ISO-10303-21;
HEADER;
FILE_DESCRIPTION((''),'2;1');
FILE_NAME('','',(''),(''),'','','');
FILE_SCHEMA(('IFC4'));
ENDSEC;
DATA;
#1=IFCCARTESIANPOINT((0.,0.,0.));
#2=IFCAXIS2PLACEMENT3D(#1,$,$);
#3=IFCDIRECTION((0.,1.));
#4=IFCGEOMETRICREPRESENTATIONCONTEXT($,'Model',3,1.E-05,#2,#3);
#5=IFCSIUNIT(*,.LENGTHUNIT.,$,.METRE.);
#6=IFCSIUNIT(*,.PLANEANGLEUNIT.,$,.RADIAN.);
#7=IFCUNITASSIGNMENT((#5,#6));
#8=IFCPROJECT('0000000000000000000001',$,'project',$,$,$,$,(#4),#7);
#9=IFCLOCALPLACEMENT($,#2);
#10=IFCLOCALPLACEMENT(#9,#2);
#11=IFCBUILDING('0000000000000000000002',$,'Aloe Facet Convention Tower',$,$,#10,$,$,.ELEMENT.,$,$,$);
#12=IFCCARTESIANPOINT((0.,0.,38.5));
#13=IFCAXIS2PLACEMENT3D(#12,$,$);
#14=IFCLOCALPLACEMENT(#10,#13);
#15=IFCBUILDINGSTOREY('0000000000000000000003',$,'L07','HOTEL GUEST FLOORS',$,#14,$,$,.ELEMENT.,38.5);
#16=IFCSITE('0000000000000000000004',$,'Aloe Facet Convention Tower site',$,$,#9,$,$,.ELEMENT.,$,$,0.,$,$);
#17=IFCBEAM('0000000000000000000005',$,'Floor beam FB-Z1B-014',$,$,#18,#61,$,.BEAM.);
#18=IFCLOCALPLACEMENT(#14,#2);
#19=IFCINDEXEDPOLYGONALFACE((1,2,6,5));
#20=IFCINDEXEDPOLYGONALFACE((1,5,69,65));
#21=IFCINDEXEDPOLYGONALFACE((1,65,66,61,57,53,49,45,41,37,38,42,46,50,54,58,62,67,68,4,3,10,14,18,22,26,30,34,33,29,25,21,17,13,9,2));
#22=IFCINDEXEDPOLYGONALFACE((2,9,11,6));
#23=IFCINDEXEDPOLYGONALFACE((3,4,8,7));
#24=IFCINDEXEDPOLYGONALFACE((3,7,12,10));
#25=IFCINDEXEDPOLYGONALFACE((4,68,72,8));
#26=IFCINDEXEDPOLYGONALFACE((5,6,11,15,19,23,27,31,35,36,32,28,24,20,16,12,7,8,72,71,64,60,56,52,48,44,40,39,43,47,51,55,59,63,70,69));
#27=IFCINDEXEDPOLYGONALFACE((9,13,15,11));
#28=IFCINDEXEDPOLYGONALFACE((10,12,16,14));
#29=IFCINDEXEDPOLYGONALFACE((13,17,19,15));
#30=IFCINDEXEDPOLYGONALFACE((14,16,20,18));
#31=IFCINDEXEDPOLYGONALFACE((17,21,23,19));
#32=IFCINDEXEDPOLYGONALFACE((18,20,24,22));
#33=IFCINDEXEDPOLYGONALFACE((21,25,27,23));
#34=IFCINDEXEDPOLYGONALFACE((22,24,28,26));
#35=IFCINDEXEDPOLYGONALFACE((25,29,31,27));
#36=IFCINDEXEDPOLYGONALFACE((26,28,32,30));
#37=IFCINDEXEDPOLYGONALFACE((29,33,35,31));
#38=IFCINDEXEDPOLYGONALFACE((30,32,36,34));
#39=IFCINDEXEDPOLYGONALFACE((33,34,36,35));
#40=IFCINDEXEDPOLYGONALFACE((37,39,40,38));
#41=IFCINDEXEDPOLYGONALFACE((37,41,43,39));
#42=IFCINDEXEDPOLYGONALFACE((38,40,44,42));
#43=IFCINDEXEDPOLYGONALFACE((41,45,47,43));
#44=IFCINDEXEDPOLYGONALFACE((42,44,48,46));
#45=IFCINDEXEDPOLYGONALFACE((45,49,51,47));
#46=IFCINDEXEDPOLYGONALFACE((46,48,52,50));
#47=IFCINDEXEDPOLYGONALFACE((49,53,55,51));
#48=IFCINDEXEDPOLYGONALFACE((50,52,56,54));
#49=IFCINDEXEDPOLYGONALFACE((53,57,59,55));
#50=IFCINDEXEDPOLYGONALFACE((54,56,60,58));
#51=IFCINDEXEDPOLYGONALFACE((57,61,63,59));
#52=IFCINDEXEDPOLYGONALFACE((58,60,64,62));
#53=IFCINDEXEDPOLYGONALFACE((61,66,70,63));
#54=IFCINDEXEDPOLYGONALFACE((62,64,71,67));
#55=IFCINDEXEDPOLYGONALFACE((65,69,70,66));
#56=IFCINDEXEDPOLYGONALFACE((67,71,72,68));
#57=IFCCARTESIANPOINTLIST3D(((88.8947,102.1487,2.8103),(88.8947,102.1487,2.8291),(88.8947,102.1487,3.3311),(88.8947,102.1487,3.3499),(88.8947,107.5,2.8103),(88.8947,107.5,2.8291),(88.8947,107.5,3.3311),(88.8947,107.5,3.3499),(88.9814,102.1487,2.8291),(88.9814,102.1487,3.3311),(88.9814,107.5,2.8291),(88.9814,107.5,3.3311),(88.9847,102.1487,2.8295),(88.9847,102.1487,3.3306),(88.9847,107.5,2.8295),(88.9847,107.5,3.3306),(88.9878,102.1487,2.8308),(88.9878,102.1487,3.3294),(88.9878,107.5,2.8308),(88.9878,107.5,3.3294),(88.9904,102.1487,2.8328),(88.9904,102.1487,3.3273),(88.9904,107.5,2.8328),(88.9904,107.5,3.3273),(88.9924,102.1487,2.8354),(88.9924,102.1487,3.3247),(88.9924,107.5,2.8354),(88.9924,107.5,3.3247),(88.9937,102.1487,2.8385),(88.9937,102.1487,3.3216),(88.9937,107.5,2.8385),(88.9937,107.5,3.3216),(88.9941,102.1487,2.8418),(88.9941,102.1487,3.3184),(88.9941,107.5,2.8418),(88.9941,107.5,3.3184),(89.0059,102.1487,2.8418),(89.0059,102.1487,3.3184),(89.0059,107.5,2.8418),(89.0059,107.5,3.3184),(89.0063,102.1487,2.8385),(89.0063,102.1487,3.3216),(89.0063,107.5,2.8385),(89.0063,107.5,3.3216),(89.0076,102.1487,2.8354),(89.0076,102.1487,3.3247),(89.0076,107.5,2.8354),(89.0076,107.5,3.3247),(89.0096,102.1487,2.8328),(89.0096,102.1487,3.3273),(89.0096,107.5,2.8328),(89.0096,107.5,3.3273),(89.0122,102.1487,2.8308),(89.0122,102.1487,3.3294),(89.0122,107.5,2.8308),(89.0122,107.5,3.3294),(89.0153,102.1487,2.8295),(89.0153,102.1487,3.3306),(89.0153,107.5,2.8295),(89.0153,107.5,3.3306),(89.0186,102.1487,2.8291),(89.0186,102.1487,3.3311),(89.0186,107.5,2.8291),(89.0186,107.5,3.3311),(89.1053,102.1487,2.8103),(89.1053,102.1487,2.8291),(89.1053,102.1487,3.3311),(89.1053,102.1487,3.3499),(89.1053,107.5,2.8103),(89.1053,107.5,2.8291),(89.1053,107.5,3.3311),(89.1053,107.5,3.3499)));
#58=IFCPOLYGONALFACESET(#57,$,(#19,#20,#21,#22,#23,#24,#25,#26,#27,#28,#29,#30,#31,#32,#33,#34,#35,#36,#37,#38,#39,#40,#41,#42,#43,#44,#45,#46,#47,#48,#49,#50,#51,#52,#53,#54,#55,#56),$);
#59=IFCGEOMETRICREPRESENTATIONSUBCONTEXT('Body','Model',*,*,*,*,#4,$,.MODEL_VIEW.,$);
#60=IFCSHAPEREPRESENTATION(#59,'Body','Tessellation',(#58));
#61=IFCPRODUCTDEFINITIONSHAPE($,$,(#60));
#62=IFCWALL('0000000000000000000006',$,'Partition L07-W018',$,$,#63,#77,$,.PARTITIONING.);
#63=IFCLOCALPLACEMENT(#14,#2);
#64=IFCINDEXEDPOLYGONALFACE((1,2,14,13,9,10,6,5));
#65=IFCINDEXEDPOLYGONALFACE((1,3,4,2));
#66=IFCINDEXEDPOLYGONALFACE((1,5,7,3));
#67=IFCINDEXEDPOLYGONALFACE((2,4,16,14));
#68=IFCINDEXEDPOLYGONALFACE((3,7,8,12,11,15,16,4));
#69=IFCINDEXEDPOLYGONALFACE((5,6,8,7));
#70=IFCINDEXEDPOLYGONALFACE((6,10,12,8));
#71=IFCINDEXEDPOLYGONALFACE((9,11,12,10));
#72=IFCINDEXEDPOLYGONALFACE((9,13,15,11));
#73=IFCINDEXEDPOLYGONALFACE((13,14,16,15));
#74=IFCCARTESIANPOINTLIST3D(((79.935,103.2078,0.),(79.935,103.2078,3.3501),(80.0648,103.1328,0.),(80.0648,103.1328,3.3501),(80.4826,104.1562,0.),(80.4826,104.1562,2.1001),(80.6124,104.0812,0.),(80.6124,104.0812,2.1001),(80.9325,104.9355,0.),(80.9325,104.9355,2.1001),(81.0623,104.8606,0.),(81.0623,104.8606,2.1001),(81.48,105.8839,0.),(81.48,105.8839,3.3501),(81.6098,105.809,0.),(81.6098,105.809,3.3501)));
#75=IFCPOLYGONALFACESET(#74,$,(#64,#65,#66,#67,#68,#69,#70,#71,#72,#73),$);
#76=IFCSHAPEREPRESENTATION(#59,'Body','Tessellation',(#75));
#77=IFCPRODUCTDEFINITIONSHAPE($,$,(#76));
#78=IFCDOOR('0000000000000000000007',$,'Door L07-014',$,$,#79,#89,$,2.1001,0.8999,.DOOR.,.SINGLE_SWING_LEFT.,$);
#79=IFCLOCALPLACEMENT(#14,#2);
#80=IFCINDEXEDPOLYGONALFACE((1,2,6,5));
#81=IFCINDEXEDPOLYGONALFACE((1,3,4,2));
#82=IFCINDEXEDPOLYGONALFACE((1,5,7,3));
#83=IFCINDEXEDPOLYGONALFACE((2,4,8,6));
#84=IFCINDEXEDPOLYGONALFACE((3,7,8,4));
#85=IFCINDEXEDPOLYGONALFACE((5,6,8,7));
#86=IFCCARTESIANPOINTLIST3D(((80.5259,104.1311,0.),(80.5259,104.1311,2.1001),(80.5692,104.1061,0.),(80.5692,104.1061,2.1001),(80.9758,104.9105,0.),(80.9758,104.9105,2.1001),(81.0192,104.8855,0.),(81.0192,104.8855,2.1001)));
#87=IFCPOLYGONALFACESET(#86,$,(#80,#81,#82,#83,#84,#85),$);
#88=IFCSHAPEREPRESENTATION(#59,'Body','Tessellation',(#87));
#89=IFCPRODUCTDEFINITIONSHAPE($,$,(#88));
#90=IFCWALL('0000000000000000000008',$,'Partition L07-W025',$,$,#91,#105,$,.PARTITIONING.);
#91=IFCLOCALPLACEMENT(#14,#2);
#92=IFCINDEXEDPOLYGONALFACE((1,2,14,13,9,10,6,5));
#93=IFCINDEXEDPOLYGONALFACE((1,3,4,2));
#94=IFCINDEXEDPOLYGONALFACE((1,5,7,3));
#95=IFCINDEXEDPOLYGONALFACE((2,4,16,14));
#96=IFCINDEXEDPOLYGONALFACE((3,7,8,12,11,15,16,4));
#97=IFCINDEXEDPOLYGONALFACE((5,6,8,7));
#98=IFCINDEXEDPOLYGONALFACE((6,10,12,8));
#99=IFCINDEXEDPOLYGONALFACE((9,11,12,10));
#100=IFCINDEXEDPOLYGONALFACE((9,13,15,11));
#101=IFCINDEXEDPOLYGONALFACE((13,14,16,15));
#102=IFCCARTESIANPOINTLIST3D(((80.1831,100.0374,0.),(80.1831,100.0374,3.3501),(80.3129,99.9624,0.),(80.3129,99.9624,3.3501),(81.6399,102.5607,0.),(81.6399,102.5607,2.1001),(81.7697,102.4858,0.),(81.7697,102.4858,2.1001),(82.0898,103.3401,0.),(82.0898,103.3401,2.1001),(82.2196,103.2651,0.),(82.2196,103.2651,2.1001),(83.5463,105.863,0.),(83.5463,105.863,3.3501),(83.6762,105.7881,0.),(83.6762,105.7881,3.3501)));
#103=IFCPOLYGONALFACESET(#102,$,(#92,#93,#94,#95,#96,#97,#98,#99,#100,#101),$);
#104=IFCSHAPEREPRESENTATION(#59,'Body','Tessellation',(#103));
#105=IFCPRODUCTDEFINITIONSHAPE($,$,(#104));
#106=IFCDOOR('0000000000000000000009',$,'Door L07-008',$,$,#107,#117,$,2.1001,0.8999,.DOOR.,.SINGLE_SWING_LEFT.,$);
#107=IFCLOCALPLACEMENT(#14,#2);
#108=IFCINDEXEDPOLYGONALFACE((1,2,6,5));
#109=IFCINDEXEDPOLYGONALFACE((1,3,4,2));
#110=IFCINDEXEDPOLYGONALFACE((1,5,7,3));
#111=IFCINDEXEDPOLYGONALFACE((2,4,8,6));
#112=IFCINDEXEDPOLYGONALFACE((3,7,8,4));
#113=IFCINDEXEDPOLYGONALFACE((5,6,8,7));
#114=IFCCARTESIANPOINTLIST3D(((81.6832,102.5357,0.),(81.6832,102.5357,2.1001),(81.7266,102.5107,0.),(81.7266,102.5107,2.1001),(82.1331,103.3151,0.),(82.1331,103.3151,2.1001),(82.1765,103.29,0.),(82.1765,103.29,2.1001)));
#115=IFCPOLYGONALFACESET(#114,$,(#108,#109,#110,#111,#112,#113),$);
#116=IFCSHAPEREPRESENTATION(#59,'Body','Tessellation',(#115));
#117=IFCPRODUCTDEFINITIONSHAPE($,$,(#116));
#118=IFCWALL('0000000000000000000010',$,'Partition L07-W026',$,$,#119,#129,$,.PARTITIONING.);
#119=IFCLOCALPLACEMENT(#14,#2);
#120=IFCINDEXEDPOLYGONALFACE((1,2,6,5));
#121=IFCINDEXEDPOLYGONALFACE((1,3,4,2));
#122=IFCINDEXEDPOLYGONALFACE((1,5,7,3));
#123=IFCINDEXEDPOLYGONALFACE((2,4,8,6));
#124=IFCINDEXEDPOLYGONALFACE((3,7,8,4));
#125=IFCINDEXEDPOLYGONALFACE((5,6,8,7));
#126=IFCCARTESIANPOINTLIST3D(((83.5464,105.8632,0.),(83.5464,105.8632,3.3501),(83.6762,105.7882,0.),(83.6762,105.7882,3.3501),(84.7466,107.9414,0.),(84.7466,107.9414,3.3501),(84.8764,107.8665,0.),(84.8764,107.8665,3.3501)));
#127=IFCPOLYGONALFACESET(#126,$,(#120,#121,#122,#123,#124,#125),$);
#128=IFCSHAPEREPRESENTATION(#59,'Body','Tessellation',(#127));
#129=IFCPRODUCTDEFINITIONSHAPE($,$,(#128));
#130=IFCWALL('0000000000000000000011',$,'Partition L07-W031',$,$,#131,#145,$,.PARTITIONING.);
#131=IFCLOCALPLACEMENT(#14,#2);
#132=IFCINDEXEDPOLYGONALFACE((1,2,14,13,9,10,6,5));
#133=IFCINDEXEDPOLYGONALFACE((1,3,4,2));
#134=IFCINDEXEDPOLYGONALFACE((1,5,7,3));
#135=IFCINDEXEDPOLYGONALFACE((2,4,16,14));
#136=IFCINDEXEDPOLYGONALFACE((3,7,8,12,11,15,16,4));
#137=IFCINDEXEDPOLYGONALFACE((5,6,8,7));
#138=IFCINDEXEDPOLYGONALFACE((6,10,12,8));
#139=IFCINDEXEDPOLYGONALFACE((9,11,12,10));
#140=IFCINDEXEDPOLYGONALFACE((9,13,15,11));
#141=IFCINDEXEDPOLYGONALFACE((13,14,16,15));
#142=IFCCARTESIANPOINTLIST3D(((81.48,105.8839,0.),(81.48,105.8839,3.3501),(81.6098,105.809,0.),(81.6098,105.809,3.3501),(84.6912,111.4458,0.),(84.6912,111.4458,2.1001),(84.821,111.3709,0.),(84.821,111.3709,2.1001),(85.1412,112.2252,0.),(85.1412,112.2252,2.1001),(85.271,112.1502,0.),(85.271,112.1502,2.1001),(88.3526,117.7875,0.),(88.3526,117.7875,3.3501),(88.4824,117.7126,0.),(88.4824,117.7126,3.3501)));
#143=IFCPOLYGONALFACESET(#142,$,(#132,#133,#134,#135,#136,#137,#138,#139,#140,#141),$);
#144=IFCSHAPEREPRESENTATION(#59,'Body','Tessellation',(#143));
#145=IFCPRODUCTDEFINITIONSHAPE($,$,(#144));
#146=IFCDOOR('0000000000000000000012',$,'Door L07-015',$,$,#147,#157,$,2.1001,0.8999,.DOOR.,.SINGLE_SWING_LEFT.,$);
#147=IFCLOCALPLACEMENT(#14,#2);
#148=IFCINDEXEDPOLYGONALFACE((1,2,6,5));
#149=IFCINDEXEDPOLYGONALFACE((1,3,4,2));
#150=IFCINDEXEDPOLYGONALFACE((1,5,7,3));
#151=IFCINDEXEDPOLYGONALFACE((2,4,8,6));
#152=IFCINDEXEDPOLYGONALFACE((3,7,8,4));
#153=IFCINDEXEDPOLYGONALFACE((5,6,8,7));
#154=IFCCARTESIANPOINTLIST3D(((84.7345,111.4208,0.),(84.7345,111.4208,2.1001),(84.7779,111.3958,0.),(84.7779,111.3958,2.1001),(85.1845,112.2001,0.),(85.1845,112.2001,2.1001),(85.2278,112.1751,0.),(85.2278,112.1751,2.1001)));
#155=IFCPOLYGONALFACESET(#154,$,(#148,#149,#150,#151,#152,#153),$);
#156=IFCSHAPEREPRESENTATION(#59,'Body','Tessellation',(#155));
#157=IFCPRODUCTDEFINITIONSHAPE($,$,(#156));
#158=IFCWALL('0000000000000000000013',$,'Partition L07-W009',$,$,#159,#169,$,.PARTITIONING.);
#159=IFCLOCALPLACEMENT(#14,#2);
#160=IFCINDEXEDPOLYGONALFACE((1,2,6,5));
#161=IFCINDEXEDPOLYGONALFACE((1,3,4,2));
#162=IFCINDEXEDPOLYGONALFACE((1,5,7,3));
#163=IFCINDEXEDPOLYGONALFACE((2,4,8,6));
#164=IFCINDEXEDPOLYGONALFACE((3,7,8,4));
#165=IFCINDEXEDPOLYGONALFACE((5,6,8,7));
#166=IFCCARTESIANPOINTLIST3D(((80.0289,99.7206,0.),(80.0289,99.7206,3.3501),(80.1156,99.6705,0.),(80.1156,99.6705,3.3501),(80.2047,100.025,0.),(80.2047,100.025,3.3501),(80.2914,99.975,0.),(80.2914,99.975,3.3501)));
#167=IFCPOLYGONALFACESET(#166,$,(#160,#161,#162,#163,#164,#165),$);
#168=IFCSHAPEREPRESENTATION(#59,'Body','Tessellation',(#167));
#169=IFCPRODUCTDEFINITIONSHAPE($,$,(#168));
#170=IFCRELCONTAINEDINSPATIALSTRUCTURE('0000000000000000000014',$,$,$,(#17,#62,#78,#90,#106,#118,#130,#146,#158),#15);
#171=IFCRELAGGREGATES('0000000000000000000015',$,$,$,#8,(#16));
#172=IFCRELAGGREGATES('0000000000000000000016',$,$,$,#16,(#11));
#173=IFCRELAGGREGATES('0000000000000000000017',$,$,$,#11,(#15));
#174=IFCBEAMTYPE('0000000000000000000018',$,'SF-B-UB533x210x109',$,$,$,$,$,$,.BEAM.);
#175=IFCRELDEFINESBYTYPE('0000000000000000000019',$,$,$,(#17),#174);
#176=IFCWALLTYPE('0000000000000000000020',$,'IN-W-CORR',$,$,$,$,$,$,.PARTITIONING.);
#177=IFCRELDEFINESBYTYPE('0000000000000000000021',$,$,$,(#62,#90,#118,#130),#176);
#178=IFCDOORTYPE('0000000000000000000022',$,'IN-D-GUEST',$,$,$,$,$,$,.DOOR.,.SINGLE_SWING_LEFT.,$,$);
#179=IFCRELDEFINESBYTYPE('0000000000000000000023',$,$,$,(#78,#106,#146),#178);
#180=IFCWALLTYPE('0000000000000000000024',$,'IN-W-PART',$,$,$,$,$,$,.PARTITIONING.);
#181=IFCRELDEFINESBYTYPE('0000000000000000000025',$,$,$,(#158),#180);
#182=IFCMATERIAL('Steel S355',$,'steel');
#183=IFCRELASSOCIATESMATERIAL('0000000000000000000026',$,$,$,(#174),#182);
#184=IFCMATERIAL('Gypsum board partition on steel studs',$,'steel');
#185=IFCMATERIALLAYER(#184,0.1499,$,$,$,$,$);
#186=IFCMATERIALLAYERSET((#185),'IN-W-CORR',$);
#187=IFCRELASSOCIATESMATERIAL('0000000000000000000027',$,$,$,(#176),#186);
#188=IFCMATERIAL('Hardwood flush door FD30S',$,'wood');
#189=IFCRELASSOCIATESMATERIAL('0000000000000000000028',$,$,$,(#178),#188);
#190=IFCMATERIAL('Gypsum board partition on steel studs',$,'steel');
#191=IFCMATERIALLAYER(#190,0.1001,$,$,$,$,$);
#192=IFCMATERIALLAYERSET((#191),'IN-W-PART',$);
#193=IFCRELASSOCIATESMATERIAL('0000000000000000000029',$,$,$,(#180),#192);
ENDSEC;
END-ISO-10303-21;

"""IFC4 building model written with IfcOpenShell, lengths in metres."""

from ifc_helpers import new_model, si_unit, direction, frame, frame_2d, origin, origin_2d, place, context, subcontext, project, spatial, rectangle, i_section, extrude, material, layer, layer_set, material_profile, profile_set, type_object, element, fill, save


model = new_model("IFC4")

# Units and contexts
model_context = context("Model", 3, precision=1e-05, world=origin(), true_north=direction((0.0, 1.0)))
body_context = subcontext(model_context, "Body", "Model", "MODEL_VIEW")
ifc_project = project(units=[si_unit("LENGTHUNIT", "METRE"), si_unit("PLANEANGLEUNIT", "RADIAN")], contexts=[model_context])

# Site, building, storey
site_placement = place(None, origin())
site = spatial("IfcSite", under=ifc_project, at=site_placement, Name="Aloe Facet Convention Tower site", CompositionType="ELEMENT", RefElevation=0.0)
building_placement = place(site_placement, origin())
building = spatial("IfcBuilding", under=site, at=building_placement, Name="Aloe Facet Convention Tower", CompositionType="ELEMENT")
storey_placement = place(building_placement, frame((0.0, 0.0, 38.5)))
storey = spatial("IfcBuildingStorey", under=building, at=storey_placement, Name="L07", Description="HOTEL GUEST FLOORS", CompositionType="ELEMENT", Elevation=38.5)

# Beam
ifc_material_1 = material(Name="Steel S355", Category="steel")
ifc_material_profile_1 = material_profile(ifc_material_1, i_section(OverallWidth=0.2107, OverallDepth=0.5396, WebThickness=0.0117, FlangeThickness=0.0188, FilletRadius=0.0127, at=origin_2d()), Name="UB 533x210x109")
ifc_profile_set_1 = profile_set([ifc_material_profile_1], Name="Steel S355")
beam_type_1 = type_object("IfcBeamType", Name="SF-B-UB533x210x109", PredefinedType="BEAM", material=ifc_profile_set_1)
beam_1_placement = place(storey_placement, frame((89.0, 107.5, 3.0801), z_axis=(0.0, -1.0, 0.0), x_axis=(1.0, 0.0, 0.0)))
element("IfcBeam", 1, at=beam_1_placement, inside=storey, type_object=beam_type_1, Name="Floor beam FB-Z1B-014", PredefinedType="BEAM", context=body_context, shape_type="SweptSolid", body=[
    extrude(i_section(OverallWidth=0.2107, OverallDepth=0.5396, WebThickness=0.0117, FlangeThickness=0.0188, FilletRadius=0.0127, at=origin_2d()), origin(), (0.0, 0.0, 1.0), 5.3513),
])

# Walls, openings, doors
ifc_material_2 = material(Name="Gypsum board partition on steel studs", Category="steel")
ifc_layer_1 = layer(ifc_material_2, 0.1499)
ifc_layer_set_1 = layer_set([ifc_layer_1], Name="IN-W-CORR")
wall_type_1 = type_object("IfcWallType", Name="IN-W-CORR", PredefinedType="PARTITIONING", material=ifc_layer_set_1)
wall_1_placement = place(storey_placement, frame((80.0, 103.1704, 0.0), z_axis=(0.0, 0.0, 1.0), x_axis=(0.49998, 0.866037, 0.0)))
wall_1 = element("IfcWall", 2, at=wall_1_placement, inside=storey, type_object=wall_type_1, Name="Partition L07-W018", PredefinedType="PARTITIONING", context=body_context, shape_type="SweptSolid", body=[
    extrude(rectangle(XDim=3.0901, YDim=0.1499, at=frame_2d((1.5449, 0.0))), origin(), (0.0, 0.0, 1.0), 3.3501),
])
opening_1_placement = place(wall_1_placement, frame((1.095, 0.0, 0.0)))
opening_1 = element("IfcOpeningElement", 3, at=opening_1_placement, cuts=wall_1, PredefinedType="OPENING", context=body_context, shape_type="SweptSolid", body=[
    extrude(rectangle(XDim=0.8999, YDim=2.1001, at=frame_2d((0.45, 1.05))), frame((0.0, 0.085, 0.0), z_axis=(0.0, -1.0, 0.0), x_axis=(1.0, 0.0, 0.0)), (0.0, 0.0, 1.0), 0.1699),
])
ifc_material_3 = material(Name="Hardwood flush door FD30S", Category="wood")
door_type_1 = type_object("IfcDoorType", Name="IN-D-GUEST", OperationType="SINGLE_SWING_LEFT", PredefinedType="DOOR", material=ifc_material_3)
door_1_placement = place(opening_1_placement, origin())
door_1 = element("IfcDoor", 4, at=door_1_placement, inside=storey, type_object=door_type_1, Name="Door L07-014", OperationType="SINGLE_SWING_LEFT", OverallHeight=2.1001, OverallWidth=0.8999, PredefinedType="DOOR", context=body_context, shape_type="SweptSolid", body=[
    extrude(rectangle(XDim=0.8999, YDim=2.1001, at=frame_2d((0.45, 1.05))), frame((0.0, 0.0249, 0.0), z_axis=(0.0, -1.0, 0.0), x_axis=(1.0, 0.0, 0.0)), (0.0, 0.0, 1.0), 0.05),
])
fill(opening_1, door_1)
wall_2_placement = place(storey_placement, frame((80.248, 100.0, 0.0), z_axis=(0.0, 0.0, 1.0), x_axis=(0.49998, 0.866037, 0.0)))
wall_2 = element("IfcWall", 5, at=wall_2_placement, inside=storey, type_object=wall_type_1, Name="Partition L07-W025", PredefinedType="PARTITIONING", context=body_context, shape_type="SweptSolid", body=[
    extrude(rectangle(XDim=6.7268, YDim=0.1499, at=frame_2d((3.3633, 0.0))), origin(), (0.0, 0.0, 1.0), 3.3501),
])
opening_2_placement = place(wall_2_placement, frame((2.9136, 0.0, 0.0)))
opening_2 = element("IfcOpeningElement", 6, at=opening_2_placement, cuts=wall_2, PredefinedType="OPENING", context=body_context, shape_type="SweptSolid", body=[
    extrude(rectangle(XDim=0.8999, YDim=2.1001, at=frame_2d((0.45, 1.05))), frame((0.0, 0.085, 0.0), z_axis=(0.0, -1.0, 0.0), x_axis=(1.0, 0.0, 0.0)), (0.0, 0.0, 1.0), 0.1699),
])
door_2_placement = place(opening_2_placement, origin())
door_2 = element("IfcDoor", 7, at=door_2_placement, inside=storey, type_object=door_type_1, Name="Door L07-008", OperationType="SINGLE_SWING_LEFT", OverallHeight=2.1001, OverallWidth=0.8999, PredefinedType="DOOR", context=body_context, shape_type="SweptSolid", body=[
    extrude(rectangle(XDim=0.8999, YDim=2.1001, at=frame_2d((0.45, 1.05))), frame((0.0, 0.0249, 0.0), z_axis=(0.0, -1.0, 0.0), x_axis=(1.0, 0.0, 0.0)), (0.0, 0.0, 1.0), 0.05),
])
fill(opening_2, door_2)

# Wall
wall_3_placement = place(storey_placement, frame((83.6113, 105.8257, 0.0), z_axis=(0.0, 0.0, 1.0), x_axis=(0.500078, 0.865981, 0.0)))
element("IfcWall", 8, at=wall_3_placement, inside=storey, type_object=wall_type_1, Name="Partition L07-W026", PredefinedType="PARTITIONING", context=body_context, shape_type="SweptSolid", body=[
    extrude(rectangle(XDim=2.3999, YDim=0.1499, at=frame_2d((1.2, 0.0))), origin(), (0.0, 0.0, 1.0), 3.3501),
])

# Wall, opening, door
wall_4_placement = place(storey_placement, frame((81.5449, 105.8464, 0.0), z_axis=(0.0, 0.0, 1.0), x_axis=(0.500002, 0.866024, 0.0)))
wall_4 = element("IfcWall", 9, at=wall_4_placement, inside=storey, type_object=wall_type_1, Name="Partition L07-W031", PredefinedType="PARTITIONING", context=body_context, shape_type="SweptSolid", body=[
    extrude(rectangle(XDim=13.7451, YDim=0.1499, at=frame_2d((6.8726, 0.0))), origin(), (0.0, 0.0, 1.0), 3.3501),
])
opening_3_placement = place(wall_4_placement, frame((6.4224, 0.0, 0.0)))
opening_3 = element("IfcOpeningElement", 10, at=opening_3_placement, cuts=wall_4, PredefinedType="OPENING", context=body_context, shape_type="SweptSolid", body=[
    extrude(rectangle(XDim=0.8999, YDim=2.1001, at=frame_2d((0.45, 1.05))), frame((0.0, 0.085, 0.0), z_axis=(0.0, -1.0, 0.0), x_axis=(1.0, 0.0, 0.0)), (0.0, 0.0, 1.0), 0.1699),
])
door_3_placement = place(opening_3_placement, origin())
door_3 = element("IfcDoor", 11, at=door_3_placement, inside=storey, type_object=door_type_1, Name="Door L07-015", OperationType="SINGLE_SWING_LEFT", OverallHeight=2.1001, OverallWidth=0.8999, PredefinedType="DOOR", context=body_context, shape_type="SweptSolid", body=[
    extrude(rectangle(XDim=0.8999, YDim=2.1001, at=frame_2d((0.45, 1.05))), frame((0.0, 0.0249, 0.0), z_axis=(0.0, -1.0, 0.0), x_axis=(1.0, 0.0, 0.0)), (0.0, 0.0, 1.0), 0.05),
])
fill(opening_3, door_3)

# Wall
ifc_material_4 = material(Name="Gypsum board partition on steel studs", Category="steel")
ifc_layer_2 = layer(ifc_material_4, 0.1001)
ifc_layer_set_2 = layer_set([ifc_layer_2], Name="IN-W-PART")
wall_type_2 = type_object("IfcWallType", Name="IN-W-PART", PredefinedType="PARTITIONING", material=ifc_layer_set_2)
wall_5_placement = place(storey_placement, frame((80.0723, 99.6956, 0.0), z_axis=(0.0, 0.0, 1.0), x_axis=(0.500023, 0.866012, 0.0)))
element("IfcWall", 12, at=wall_5_placement, inside=storey, type_object=wall_type_2, Name="Partition L07-W009", PredefinedType="PARTITIONING", context=body_context, shape_type="SweptSolid", body=[
    extrude(rectangle(XDim=0.3516, YDim=0.1001, at=frame_2d((0.1758, 0.0))), origin(), (0.0, 0.0, 1.0), 3.3501),
])

save(model, "model.ifc")
